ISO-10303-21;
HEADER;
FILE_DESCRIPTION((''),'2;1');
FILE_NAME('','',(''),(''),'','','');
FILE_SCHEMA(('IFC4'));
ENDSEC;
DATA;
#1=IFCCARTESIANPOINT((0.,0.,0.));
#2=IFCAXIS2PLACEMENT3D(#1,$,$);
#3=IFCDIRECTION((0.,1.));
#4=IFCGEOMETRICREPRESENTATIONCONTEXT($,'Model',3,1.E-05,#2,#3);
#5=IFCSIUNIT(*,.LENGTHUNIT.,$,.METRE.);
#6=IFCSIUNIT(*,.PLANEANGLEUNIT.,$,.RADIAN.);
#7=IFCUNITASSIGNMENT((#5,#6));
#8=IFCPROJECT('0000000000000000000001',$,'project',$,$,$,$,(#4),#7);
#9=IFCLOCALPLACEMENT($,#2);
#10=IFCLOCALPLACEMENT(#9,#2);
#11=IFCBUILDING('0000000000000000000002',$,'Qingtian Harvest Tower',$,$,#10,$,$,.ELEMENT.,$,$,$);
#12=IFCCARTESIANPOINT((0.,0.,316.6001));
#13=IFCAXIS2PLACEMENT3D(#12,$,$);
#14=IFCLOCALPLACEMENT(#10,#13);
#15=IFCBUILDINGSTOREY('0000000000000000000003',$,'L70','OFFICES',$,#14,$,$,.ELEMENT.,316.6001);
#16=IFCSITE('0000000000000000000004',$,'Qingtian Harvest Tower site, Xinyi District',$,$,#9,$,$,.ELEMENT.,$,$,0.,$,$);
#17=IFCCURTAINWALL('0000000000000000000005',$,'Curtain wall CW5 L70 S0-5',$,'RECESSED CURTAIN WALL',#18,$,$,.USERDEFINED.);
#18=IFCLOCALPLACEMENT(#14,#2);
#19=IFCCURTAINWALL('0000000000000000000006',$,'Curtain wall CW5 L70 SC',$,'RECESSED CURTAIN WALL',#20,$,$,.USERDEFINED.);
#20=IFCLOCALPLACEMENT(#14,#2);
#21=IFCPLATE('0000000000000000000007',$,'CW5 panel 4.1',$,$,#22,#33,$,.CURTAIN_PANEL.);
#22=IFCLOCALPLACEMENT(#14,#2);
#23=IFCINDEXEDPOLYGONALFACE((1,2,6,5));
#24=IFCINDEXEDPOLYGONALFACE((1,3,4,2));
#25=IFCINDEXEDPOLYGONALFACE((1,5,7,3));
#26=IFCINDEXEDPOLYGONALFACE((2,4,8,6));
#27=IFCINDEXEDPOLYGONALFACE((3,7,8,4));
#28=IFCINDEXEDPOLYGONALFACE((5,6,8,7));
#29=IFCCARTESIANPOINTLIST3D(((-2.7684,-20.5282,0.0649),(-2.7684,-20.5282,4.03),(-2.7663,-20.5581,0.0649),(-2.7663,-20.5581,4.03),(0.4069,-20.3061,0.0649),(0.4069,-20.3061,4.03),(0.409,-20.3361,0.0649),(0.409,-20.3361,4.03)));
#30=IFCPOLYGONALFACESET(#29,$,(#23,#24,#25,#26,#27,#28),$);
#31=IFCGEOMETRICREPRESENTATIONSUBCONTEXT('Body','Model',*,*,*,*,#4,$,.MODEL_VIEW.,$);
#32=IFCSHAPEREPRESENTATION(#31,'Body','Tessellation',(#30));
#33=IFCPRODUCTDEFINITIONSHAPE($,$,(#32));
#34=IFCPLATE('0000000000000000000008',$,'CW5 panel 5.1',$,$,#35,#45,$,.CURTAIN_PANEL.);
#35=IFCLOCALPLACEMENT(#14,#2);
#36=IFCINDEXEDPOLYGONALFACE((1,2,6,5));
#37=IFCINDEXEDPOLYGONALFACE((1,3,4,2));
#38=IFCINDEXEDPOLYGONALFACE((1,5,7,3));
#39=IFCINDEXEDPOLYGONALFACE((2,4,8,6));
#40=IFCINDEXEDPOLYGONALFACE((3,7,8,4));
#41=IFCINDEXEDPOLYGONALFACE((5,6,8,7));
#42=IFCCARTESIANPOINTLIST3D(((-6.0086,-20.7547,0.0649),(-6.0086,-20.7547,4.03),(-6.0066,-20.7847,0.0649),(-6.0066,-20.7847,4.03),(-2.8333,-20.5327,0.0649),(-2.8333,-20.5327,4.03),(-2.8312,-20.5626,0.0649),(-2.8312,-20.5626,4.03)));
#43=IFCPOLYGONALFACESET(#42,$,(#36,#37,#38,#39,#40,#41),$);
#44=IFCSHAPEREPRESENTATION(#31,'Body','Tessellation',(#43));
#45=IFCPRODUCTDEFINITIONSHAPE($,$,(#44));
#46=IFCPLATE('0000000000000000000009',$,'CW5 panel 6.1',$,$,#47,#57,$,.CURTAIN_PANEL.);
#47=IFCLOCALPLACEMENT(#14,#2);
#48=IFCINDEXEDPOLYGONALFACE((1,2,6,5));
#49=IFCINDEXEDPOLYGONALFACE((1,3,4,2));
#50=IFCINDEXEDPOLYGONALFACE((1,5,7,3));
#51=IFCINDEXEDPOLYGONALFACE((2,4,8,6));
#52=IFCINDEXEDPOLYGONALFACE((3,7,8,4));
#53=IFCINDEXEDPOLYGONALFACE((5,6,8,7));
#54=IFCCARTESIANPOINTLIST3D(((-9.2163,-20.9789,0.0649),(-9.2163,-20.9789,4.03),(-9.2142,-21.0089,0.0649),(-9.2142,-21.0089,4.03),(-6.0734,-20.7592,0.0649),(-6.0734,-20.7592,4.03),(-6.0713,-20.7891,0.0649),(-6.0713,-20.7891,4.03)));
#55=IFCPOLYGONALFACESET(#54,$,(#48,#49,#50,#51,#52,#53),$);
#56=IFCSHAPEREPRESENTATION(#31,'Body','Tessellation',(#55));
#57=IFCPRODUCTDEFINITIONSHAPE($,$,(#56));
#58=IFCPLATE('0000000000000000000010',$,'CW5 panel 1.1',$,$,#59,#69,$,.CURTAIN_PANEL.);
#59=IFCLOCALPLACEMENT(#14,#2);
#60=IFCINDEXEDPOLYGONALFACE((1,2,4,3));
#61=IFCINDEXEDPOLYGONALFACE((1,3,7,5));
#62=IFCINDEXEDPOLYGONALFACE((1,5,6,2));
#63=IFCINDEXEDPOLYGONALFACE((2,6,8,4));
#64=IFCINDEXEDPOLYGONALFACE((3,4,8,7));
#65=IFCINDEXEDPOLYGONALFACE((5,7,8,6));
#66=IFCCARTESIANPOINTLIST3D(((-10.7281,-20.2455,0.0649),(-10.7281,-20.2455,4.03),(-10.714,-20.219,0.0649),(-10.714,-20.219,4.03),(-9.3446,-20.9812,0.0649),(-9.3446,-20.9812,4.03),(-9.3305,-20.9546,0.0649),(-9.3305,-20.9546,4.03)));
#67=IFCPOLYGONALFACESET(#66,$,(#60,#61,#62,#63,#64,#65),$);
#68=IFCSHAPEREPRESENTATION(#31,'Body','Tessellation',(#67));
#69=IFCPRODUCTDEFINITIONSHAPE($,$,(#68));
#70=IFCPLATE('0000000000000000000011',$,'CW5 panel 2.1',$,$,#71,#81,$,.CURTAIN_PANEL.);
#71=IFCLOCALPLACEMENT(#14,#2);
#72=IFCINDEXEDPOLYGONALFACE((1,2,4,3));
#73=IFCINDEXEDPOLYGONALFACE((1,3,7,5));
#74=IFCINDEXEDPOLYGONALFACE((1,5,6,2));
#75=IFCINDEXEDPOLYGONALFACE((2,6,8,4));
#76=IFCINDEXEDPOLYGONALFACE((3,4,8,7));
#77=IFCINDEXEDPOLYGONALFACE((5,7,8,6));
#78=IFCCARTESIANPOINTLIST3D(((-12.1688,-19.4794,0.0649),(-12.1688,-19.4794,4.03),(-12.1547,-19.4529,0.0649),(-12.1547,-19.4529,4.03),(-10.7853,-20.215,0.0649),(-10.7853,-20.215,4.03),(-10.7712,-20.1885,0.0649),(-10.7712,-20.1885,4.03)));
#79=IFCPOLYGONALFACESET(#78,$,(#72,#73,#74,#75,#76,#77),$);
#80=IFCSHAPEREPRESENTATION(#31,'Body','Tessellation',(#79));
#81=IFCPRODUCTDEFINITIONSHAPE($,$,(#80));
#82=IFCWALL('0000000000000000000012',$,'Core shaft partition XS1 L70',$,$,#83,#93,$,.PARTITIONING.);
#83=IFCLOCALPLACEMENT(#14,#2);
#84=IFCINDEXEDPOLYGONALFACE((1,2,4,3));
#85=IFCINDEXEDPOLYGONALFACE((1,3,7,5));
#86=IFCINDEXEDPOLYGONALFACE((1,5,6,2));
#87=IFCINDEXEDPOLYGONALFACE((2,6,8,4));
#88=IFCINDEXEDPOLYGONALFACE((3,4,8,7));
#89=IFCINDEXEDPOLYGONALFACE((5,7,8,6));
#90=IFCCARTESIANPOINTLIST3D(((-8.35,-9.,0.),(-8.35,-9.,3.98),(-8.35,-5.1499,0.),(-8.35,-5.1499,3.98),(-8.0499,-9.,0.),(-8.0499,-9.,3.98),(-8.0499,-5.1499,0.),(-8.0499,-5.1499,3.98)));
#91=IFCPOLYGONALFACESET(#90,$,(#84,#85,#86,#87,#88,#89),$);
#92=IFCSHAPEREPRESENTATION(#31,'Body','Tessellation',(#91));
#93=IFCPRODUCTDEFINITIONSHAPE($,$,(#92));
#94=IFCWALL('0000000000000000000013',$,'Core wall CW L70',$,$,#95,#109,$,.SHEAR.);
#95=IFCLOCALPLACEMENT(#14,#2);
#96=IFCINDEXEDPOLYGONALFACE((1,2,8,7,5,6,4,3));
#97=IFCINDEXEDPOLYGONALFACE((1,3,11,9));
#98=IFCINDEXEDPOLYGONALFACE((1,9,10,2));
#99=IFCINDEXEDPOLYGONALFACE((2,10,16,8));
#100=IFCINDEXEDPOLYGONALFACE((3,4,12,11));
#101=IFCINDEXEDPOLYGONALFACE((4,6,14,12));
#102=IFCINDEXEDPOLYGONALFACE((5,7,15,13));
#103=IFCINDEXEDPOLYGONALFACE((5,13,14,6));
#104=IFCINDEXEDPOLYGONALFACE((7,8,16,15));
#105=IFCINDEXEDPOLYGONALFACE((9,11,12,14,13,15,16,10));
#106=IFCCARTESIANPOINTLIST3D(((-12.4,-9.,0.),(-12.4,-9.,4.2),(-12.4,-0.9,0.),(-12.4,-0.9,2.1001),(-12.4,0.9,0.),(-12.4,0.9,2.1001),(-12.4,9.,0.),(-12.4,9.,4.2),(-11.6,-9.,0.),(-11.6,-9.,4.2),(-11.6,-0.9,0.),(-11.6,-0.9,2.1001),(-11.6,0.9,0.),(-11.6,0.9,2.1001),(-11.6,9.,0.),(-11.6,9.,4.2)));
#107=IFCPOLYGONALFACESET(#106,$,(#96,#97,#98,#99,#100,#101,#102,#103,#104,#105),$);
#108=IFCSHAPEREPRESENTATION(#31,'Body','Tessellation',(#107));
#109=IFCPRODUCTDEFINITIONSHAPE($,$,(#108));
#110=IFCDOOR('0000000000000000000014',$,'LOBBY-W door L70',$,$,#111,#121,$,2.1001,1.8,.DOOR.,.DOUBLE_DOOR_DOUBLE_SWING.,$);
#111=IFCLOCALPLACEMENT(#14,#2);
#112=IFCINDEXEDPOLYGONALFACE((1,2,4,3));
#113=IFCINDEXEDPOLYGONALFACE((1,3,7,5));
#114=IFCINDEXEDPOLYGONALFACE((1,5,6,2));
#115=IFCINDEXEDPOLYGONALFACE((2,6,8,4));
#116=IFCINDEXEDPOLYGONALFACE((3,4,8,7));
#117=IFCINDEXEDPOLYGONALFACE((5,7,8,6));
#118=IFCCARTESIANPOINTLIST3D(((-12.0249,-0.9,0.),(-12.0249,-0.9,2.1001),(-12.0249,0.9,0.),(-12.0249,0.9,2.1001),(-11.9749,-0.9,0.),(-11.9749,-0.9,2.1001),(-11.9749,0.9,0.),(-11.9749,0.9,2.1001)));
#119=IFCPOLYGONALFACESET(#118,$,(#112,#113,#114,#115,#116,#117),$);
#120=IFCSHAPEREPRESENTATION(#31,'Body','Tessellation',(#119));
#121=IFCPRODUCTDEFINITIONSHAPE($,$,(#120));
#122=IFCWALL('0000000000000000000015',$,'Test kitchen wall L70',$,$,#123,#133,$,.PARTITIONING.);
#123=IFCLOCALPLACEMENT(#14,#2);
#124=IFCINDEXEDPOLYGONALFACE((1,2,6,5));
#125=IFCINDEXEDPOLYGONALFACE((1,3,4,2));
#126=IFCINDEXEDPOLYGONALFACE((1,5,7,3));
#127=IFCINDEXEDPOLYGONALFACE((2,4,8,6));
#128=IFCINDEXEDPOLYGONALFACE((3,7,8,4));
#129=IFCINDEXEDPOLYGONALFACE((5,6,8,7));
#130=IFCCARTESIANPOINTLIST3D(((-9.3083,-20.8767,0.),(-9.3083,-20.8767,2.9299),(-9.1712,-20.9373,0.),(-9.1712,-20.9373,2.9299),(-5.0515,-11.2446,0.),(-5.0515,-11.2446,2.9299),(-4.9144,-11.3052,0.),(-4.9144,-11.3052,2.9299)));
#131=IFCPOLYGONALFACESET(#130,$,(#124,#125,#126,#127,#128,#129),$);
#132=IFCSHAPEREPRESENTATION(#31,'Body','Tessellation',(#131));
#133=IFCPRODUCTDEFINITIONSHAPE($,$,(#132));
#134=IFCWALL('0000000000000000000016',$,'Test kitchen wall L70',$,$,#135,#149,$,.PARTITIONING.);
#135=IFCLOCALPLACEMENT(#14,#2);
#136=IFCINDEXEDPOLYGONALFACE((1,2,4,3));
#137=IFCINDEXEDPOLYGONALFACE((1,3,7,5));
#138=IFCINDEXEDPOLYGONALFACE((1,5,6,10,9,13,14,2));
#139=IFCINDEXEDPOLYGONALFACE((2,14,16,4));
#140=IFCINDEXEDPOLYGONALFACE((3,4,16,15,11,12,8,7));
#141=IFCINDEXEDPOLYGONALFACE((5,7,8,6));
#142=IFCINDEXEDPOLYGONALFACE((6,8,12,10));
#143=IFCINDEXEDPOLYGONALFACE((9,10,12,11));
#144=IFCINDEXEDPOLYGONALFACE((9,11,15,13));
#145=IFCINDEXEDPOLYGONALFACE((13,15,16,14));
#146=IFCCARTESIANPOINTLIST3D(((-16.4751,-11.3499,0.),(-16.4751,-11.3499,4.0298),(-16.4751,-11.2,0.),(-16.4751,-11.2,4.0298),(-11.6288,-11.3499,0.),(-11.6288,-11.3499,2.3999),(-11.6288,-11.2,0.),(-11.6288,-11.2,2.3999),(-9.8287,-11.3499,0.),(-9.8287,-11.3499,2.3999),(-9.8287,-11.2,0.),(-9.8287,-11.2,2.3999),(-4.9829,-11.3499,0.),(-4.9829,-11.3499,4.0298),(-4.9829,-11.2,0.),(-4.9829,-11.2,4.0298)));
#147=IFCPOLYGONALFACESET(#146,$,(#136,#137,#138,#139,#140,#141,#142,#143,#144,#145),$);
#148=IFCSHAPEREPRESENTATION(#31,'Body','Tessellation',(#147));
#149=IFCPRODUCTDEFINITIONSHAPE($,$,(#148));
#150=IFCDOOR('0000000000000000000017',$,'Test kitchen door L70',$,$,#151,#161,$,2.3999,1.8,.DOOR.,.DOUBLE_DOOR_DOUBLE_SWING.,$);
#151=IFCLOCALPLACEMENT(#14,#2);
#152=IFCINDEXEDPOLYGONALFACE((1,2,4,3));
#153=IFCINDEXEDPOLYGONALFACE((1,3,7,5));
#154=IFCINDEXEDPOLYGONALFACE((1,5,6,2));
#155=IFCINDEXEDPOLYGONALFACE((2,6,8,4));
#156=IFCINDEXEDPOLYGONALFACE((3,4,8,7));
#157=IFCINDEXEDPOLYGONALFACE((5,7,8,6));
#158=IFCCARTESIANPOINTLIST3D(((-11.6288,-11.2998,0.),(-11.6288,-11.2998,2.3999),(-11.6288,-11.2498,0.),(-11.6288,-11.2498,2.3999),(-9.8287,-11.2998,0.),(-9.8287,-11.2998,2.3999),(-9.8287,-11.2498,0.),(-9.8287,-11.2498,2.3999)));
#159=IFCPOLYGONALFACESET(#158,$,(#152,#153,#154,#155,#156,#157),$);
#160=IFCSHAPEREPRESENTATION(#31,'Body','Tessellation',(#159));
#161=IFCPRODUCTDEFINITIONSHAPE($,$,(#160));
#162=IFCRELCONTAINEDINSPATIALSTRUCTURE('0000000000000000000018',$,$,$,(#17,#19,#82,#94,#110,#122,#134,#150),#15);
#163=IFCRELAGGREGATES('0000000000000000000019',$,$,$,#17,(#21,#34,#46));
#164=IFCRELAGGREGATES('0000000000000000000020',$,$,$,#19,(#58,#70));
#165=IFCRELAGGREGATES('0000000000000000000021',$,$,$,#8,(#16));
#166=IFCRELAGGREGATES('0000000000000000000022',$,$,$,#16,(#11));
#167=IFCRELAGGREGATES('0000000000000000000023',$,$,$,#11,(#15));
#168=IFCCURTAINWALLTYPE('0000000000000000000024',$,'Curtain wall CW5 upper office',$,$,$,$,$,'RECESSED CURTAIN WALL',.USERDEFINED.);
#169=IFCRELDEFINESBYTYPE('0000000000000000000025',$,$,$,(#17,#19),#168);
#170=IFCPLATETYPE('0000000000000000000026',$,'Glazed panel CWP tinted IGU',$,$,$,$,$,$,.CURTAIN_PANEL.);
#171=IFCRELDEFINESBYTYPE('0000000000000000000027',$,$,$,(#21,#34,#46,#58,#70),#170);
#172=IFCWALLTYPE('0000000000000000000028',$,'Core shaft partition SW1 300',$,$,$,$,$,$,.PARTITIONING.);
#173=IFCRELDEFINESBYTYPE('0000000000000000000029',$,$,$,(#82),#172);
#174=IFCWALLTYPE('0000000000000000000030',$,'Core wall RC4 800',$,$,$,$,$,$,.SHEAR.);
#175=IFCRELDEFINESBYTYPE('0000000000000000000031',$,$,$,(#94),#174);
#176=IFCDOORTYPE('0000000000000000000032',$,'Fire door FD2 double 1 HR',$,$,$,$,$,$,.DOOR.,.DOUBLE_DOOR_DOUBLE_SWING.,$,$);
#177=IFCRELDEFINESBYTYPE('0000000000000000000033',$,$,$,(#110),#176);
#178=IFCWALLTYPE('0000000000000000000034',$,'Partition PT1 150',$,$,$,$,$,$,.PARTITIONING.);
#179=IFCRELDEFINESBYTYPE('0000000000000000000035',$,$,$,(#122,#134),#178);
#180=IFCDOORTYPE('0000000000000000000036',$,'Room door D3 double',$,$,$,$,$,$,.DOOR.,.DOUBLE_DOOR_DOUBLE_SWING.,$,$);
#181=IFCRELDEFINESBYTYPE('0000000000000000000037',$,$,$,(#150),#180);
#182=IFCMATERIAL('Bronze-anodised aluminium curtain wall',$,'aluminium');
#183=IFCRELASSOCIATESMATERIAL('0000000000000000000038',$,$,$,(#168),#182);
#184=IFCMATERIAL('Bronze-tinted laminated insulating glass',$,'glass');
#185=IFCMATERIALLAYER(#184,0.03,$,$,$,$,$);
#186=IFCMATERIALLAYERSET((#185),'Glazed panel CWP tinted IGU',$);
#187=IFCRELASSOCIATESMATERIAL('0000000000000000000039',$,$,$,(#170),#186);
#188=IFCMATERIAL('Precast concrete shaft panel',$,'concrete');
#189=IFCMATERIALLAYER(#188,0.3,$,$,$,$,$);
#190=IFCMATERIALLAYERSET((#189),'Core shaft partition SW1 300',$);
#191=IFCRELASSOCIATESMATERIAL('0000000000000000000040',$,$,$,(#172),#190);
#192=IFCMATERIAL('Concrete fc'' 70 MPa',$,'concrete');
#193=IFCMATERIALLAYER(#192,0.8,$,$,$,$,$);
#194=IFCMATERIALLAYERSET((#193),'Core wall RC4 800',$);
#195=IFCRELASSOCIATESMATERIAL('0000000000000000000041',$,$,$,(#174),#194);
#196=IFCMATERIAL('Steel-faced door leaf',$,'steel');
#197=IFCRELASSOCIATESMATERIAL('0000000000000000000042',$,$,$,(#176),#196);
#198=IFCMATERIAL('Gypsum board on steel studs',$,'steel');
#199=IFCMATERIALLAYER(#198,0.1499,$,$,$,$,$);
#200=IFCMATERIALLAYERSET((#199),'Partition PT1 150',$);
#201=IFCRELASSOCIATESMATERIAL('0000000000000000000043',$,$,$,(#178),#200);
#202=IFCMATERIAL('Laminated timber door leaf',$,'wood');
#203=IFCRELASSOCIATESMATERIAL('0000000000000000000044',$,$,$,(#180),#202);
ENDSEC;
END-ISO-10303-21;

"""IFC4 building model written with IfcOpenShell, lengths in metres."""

from ifc_helpers import new_model, si_unit, direction, frame, frame_2d, origin, origin_2d, place, context, subcontext, project, spatial, rectangle, extrude, material, layer, layer_set, type_object, element, fill, aggregate, save


model = new_model("IFC4")

# Units and contexts
model_context = context("Model", 3, precision=1e-05, world=origin(), true_north=direction((0.0, 1.0)))
body_context = subcontext(model_context, "Body", "Model", "MODEL_VIEW")
ifc_project = project(units=[si_unit("LENGTHUNIT", "METRE"), si_unit("PLANEANGLEUNIT", "RADIAN")], contexts=[model_context])

# Site, building, storey
site_placement = place(None, origin())
site = spatial("IfcSite", under=ifc_project, at=site_placement, Name="Qingtian Harvest Tower site, Xinyi District", CompositionType="ELEMENT", RefElevation=0.0)
building_placement = place(site_placement, origin())
building = spatial("IfcBuilding", under=site, at=building_placement, Name="Qingtian Harvest Tower", CompositionType="ELEMENT")
storey_placement = place(building_placement, frame((0.0, 0.0, 316.6001)))
storey = spatial("IfcBuildingStorey", under=building, at=storey_placement, Name="L70", Description="OFFICES", CompositionType="ELEMENT", Elevation=316.6001)

# Curtain walls
ifc_material_1 = material(Name="Bronze-anodised aluminium curtain wall", Category="aluminium")
curtain_wall_type = type_object("IfcCurtainWallType", Name="Curtain wall CW5 upper office", ElementType="RECESSED CURTAIN WALL", PredefinedType="USERDEFINED", material=ifc_material_1)
curtain_wall_1_placement = place(storey_placement, origin())
curtain_wall_1 = element("IfcCurtainWall", 1, at=curtain_wall_1_placement, inside=storey, type_object=curtain_wall_type, Name="Curtain wall CW5 L70 S0-5", ObjectType="RECESSED CURTAIN WALL", PredefinedType="USERDEFINED")
curtain_wall_2_placement = place(storey_placement, origin())
curtain_wall_2 = element("IfcCurtainWall", 2, at=curtain_wall_2_placement, inside=storey, type_object=curtain_wall_type, Name="Curtain wall CW5 L70 SC", ObjectType="RECESSED CURTAIN WALL", PredefinedType="USERDEFINED")

# Plates
ifc_material_2 = material(Name="Bronze-tinted laminated insulating glass", Category="glass")
ifc_layer_1 = layer(ifc_material_2, 0.03)
ifc_layer_set_1 = layer_set([ifc_layer_1], Name="Glazed panel CWP tinted IGU")
plate_type = type_object("IfcPlateType", Name="Glazed panel CWP tinted IGU", PredefinedType="CURTAIN_PANEL", material=ifc_layer_set_1)
plate_1_placement = place(storey_placement, frame((-1.1797, -20.4321, 0.0649), z_axis=(0.0, 0.0, 1.0), x_axis=(-0.997564, -0.069756, 0.0)))
plate_1 = element("IfcPlate", 3, at=plate_1_placement, type_object=plate_type, Name="CW5 panel 4.1", PredefinedType="CURTAIN_PANEL", context=body_context, shape_type="SweptSolid", body=[
    extrude(rectangle(XDim=3.1831, YDim=0.03, at=origin_2d()), origin(), (0.0, 0.0, 1.0), 3.9651),
])
plate_2_placement = place(storey_placement, frame((-4.4199, -20.6587, 0.0649), z_axis=(0.0, 0.0, 1.0), x_axis=(-0.997564, -0.069756, 0.0)))
plate_2 = element("IfcPlate", 4, at=plate_2_placement, type_object=plate_type, Name="CW5 panel 5.1", PredefinedType="CURTAIN_PANEL", context=body_context, shape_type="SweptSolid", body=[
    extrude(rectangle(XDim=3.1831, YDim=0.03, at=origin_2d()), origin(), (0.0, 0.0, 1.0), 3.9651),
])
plate_3_placement = place(storey_placement, frame((-7.6438, -20.884, 0.0649), z_axis=(0.0, 0.0, 1.0), x_axis=(-0.997564, -0.069756, 0.0)))
plate_3 = element("IfcPlate", 5, at=plate_3_placement, type_object=plate_type, Name="CW5 panel 6.1", PredefinedType="CURTAIN_PANEL", context=body_context, shape_type="SweptSolid", body=[
    extrude(rectangle(XDim=3.1506, YDim=0.03, at=origin_2d()), origin(), (0.0, 0.0, 1.0), 3.9651),
])
aggregate(curtain_wall_1, [plate_1, plate_2, plate_3])
plate_4_placement = place(storey_placement, frame((-10.0293, -20.6001, 0.0649), z_axis=(0.0, 0.0, 1.0), x_axis=(-0.882948, 0.469472, 0.0)))
plate_4 = element("IfcPlate", 6, at=plate_4_placement, type_object=plate_type, Name="CW5 panel 1.1", PredefinedType="CURTAIN_PANEL", context=body_context, shape_type="SweptSolid", body=[
    extrude(rectangle(XDim=1.5669, YDim=0.03, at=origin_2d()), origin(), (0.0, 0.0, 1.0), 3.9651),
])
plate_5_placement = place(storey_placement, frame((-11.47, -19.834, 0.0649), z_axis=(0.0, 0.0, 1.0), x_axis=(-0.882948, 0.469472, 0.0)))
plate_5 = element("IfcPlate", 7, at=plate_5_placement, type_object=plate_type, Name="CW5 panel 2.1", PredefinedType="CURTAIN_PANEL", context=body_context, shape_type="SweptSolid", body=[
    extrude(rectangle(XDim=1.5669, YDim=0.03, at=origin_2d()), origin(), (0.0, 0.0, 1.0), 3.9651),
])
aggregate(curtain_wall_2, [plate_4, plate_5])

# Wall
ifc_material_3 = material(Name="Precast concrete shaft panel", Category="concrete")
ifc_layer_2 = layer(ifc_material_3, 0.3)
ifc_layer_set_2 = layer_set([ifc_layer_2], Name="Core shaft partition SW1 300")
wall_type_1 = type_object("IfcWallType", Name="Core shaft partition SW1 300", PredefinedType="PARTITIONING", material=ifc_layer_set_2)
wall_1_placement = place(storey_placement, frame((-8.2, -9.0, 0.0), z_axis=(0.0, 0.0, 1.0), x_axis=(0.0, 1.0, 0.0)))
element("IfcWall", 8, at=wall_1_placement, inside=storey, type_object=wall_type_1, Name="Core shaft partition XS1 L70", PredefinedType="PARTITIONING", context=body_context, shape_type="SweptSolid", body=[
    extrude(rectangle(XDim=3.8501, YDim=0.3, at=frame_2d((1.925, 0.0))), origin(), (0.0, 0.0, 1.0), 3.98),
])

# Wall, opening, door
ifc_material_4 = material(Name="Concrete fc' 70 MPa", Category="concrete")
ifc_layer_3 = layer(ifc_material_4, 0.8)
ifc_layer_set_3 = layer_set([ifc_layer_3], Name="Core wall RC4 800")
wall_type_2 = type_object("IfcWallType", Name="Core wall RC4 800", PredefinedType="SHEAR", material=ifc_layer_set_3)
wall_2_placement = place(storey_placement, frame((-12.0, -9.0, 0.0), z_axis=(0.0, 0.0, 1.0), x_axis=(0.0, 1.0, 0.0)))
wall_2 = element("IfcWall", 9, at=wall_2_placement, inside=storey, type_object=wall_type_2, Name="Core wall CW L70", PredefinedType="SHEAR", context=body_context, shape_type="SweptSolid", body=[
    extrude(rectangle(XDim=18.0, YDim=0.8, at=frame_2d((9.0, 0.0))), origin(), (0.0, 0.0, 1.0), 4.2),
])
opening_1_placement = place(wall_2_placement, frame((8.1001, 0.0, 0.0)))
opening_1 = element("IfcOpeningElement", 10, at=opening_1_placement, cuts=wall_2, PredefinedType="OPENING", context=body_context, shape_type="SweptSolid", body=[
    extrude(rectangle(XDim=1.8, YDim=2.1001, at=frame_2d((0.8999, 1.05))), frame((0.0, 0.4099, 0.0), z_axis=(0.0, -1.0, 0.0), x_axis=(1.0, 0.0, 0.0)), (0.0, 0.0, 1.0), 0.8201),
])
ifc_material_5 = material(Name="Steel-faced door leaf", Category="steel")
door_type_1 = type_object("IfcDoorType", Name="Fire door FD2 double 1 HR", OperationType="DOUBLE_DOOR_DOUBLE_SWING", PredefinedType="DOOR", material=ifc_material_5)
door_1_placement = place(opening_1_placement, origin())
door_1 = element("IfcDoor", 11, at=door_1_placement, inside=storey, type_object=door_type_1, Name="LOBBY-W door L70", OperationType="DOUBLE_DOOR_DOUBLE_SWING", OverallHeight=2.1001, OverallWidth=1.8, PredefinedType="DOOR", context=body_context, shape_type="SweptSolid", body=[
    extrude(rectangle(XDim=1.8, YDim=2.1001, at=frame_2d((0.8999, 1.05))), frame((0.0, 0.0249, 0.0), z_axis=(0.0, -1.0, 0.0), x_axis=(1.0, 0.0, 0.0)), (0.0, 0.0, 1.0), 0.05),
])
fill(opening_1, door_1)

# Wall
ifc_material_6 = material(Name="Gypsum board on steel studs", Category="steel")
ifc_layer_4 = layer(ifc_material_6, 0.1499)
ifc_layer_set_4 = layer_set([ifc_layer_4], Name="Partition PT1 150")
wall_type_3 = type_object("IfcWallType", Name="Partition PT1 150", PredefinedType="PARTITIONING", material=ifc_layer_set_4)
wall_3_placement = place(storey_placement, frame((-9.2397, -20.907, 0.0), z_axis=(0.0, 0.0, 1.0), x_axis=(0.404227, 0.914658, 0.0)))
element("IfcWall", 12, at=wall_3_placement, inside=storey, type_object=wall_type_3, Name="Test kitchen wall L70", PredefinedType="PARTITIONING", context=body_context, shape_type="SweptSolid", body=[
    extrude(rectangle(XDim=10.5308, YDim=0.1499, at=frame_2d((5.2654, 0.0))), origin(), (0.0, 0.0, 1.0), 2.9299),
])

# Wall, opening, door
wall_4_placement = place(storey_placement, frame((-4.9829, -11.2749, 0.0), z_axis=(0.0, 0.0, 1.0), x_axis=(-1.0, 0.0, 0.0)))
wall_4 = element("IfcWall", 13, at=wall_4_placement, inside=storey, type_object=wall_type_3, Name="Test kitchen wall L70", PredefinedType="PARTITIONING", context=body_context, shape_type="SweptSolid", body=[
    extrude(rectangle(XDim=11.4922, YDim=0.1499, at=frame_2d((5.7461, 0.0))), origin(), (0.0, 0.0, 1.0), 4.0298),
])
opening_2_placement = place(wall_4_placement, frame((4.8459, 0.0, 0.0)))
opening_2 = element("IfcOpeningElement", 14, at=opening_2_placement, cuts=wall_4, PredefinedType="OPENING", context=body_context, shape_type="SweptSolid", body=[
    extrude(rectangle(XDim=1.8, YDim=2.3999, at=frame_2d((0.8999, 1.2))), frame((0.0, 0.085, 0.0), z_axis=(0.0, -1.0, 0.0), x_axis=(1.0, 0.0, 0.0)), (0.0, 0.0, 1.0), 0.1699),
])
ifc_material_7 = material(Name="Laminated timber door leaf", Category="wood")
door_type_2 = type_object("IfcDoorType", Name="Room door D3 double", OperationType="DOUBLE_DOOR_DOUBLE_SWING", PredefinedType="DOOR", material=ifc_material_7)
door_2_placement = place(opening_2_placement, origin())
door_2 = element("IfcDoor", 15, at=door_2_placement, inside=storey, type_object=door_type_2, Name="Test kitchen door L70", OperationType="DOUBLE_DOOR_DOUBLE_SWING", OverallHeight=2.3999, OverallWidth=1.8, PredefinedType="DOOR", context=body_context, shape_type="SweptSolid", body=[
    extrude(rectangle(XDim=1.8, YDim=2.3999, at=frame_2d((0.8999, 1.2))), frame((0.0, 0.0249, 0.0), z_axis=(0.0, -1.0, 0.0), x_axis=(1.0, 0.0, 0.0)), (0.0, 0.0, 1.0), 0.05),
])
fill(opening_2, door_2)

save(model, "model.ifc")
